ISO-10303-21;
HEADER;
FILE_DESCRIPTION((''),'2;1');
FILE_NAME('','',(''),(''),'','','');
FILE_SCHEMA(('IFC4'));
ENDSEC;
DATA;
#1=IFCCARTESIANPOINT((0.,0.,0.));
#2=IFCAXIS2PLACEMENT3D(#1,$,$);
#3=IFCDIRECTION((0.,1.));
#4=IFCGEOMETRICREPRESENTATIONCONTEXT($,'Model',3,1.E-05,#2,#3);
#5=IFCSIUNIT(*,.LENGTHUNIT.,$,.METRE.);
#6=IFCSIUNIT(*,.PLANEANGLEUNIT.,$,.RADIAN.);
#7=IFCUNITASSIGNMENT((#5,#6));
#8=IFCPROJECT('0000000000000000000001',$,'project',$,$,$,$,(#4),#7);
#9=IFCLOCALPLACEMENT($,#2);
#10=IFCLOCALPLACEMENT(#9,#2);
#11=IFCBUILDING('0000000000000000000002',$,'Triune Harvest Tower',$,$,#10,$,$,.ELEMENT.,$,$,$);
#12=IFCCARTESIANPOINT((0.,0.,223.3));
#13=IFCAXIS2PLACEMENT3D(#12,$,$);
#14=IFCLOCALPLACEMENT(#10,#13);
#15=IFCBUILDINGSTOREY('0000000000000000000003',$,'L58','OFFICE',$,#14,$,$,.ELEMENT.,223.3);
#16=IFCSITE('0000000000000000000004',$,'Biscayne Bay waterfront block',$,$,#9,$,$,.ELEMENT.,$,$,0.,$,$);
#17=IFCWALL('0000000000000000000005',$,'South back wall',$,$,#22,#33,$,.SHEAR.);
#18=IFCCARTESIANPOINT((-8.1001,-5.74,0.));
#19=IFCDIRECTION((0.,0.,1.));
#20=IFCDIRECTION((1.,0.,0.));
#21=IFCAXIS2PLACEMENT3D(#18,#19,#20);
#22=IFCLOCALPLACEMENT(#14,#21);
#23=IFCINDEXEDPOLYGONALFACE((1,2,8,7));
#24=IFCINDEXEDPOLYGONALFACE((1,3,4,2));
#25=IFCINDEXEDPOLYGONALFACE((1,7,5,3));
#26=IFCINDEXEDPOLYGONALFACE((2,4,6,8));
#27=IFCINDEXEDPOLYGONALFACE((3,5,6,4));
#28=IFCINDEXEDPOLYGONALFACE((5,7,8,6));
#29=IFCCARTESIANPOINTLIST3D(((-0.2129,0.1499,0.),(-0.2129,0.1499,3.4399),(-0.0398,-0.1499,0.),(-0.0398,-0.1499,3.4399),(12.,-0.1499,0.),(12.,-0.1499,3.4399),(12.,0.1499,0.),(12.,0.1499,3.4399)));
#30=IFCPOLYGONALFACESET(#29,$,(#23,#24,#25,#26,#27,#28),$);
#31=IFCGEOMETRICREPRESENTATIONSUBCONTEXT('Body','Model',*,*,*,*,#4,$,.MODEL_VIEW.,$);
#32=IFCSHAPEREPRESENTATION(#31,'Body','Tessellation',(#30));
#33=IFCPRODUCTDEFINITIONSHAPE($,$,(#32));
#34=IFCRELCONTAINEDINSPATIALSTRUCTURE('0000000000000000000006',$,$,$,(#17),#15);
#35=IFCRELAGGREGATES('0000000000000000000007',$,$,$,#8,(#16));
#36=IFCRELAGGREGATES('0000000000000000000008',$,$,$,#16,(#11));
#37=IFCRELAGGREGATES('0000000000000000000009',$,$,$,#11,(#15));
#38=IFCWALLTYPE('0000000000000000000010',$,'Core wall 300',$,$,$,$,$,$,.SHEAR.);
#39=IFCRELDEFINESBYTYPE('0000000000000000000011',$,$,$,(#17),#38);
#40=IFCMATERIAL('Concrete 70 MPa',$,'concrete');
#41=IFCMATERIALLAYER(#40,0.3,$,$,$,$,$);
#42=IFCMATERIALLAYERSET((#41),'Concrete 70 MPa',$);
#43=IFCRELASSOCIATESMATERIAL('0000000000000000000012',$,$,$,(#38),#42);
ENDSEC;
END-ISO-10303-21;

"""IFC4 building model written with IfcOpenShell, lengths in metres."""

from ifc_helpers import new_model, si_unit, direction, frame, origin, place, context, subcontext, project, spatial, polyline, outline, extrude, source, transform, mapped, material, layer, layer_set, type_object, element, save


model = new_model("IFC4")

# Units and contexts
model_context = context("Model", 3, precision=1e-05, world=origin(), true_north=direction((0.0, 1.0)))
body_context = subcontext(model_context, "Body", "Model", "MODEL_VIEW")
ifc_project = project(units=[si_unit("LENGTHUNIT", "METRE"), si_unit("PLANEANGLEUNIT", "RADIAN")], contexts=[model_context])

# Site, building, storey
site_placement = place(None, origin())
site = spatial("IfcSite", under=ifc_project, at=site_placement, Name="Biscayne Bay waterfront block", CompositionType="ELEMENT", RefElevation=0.0)
building_placement = place(site_placement, origin())
building = spatial("IfcBuilding", under=site, at=building_placement, Name="Triune Harvest Tower", CompositionType="ELEMENT")
storey_placement = place(building_placement, frame((0.0, 0.0, 223.3)))
storey = spatial("IfcBuildingStorey", under=building, at=storey_placement, Name="L58", Description="OFFICE", CompositionType="ELEMENT", Elevation=223.3)

# Shared definitions
ifc_material_1 = material(Name="Concrete 70 MPa", Category="concrete")
ifc_layer_1 = layer(ifc_material_1, 0.3)
ifc_layer_set_1 = layer_set([ifc_layer_1], Name="Concrete 70 MPa")
wall_type_1 = type_object("IfcWallType", Name="Core wall 300", PredefinedType="SHEAR", material=ifc_layer_set_1)

# Wall
shared_shape_1 = source(origin(), body_context, "Body", "SweptSolid", [
    extrude(outline(polyline([(12.0, -0.1499), (-0.0398, -0.1499), (-0.2129, 0.1499), (12.0, 0.1499), (12.0, -0.1499)])), origin(), (0.0, 0.0, 1.0), 3.4399),
])
wall_1_placement = place(storey_placement, frame((-8.1001, -5.74, 0.0), z_axis=(0.0, 0.0, 1.0), x_axis=(1.0, 0.0, 0.0)))
element("IfcWall", 1, at=wall_1_placement, inside=storey, type_object=wall_type_1, Name="South back wall", PredefinedType="SHEAR", context=body_context, shape_type="MappedRepresentation", body=[
    mapped(shared_shape_1, transform((0.0, 0.0, 0.0), scale=1.0)),
])

save(model, "model.ifc")
